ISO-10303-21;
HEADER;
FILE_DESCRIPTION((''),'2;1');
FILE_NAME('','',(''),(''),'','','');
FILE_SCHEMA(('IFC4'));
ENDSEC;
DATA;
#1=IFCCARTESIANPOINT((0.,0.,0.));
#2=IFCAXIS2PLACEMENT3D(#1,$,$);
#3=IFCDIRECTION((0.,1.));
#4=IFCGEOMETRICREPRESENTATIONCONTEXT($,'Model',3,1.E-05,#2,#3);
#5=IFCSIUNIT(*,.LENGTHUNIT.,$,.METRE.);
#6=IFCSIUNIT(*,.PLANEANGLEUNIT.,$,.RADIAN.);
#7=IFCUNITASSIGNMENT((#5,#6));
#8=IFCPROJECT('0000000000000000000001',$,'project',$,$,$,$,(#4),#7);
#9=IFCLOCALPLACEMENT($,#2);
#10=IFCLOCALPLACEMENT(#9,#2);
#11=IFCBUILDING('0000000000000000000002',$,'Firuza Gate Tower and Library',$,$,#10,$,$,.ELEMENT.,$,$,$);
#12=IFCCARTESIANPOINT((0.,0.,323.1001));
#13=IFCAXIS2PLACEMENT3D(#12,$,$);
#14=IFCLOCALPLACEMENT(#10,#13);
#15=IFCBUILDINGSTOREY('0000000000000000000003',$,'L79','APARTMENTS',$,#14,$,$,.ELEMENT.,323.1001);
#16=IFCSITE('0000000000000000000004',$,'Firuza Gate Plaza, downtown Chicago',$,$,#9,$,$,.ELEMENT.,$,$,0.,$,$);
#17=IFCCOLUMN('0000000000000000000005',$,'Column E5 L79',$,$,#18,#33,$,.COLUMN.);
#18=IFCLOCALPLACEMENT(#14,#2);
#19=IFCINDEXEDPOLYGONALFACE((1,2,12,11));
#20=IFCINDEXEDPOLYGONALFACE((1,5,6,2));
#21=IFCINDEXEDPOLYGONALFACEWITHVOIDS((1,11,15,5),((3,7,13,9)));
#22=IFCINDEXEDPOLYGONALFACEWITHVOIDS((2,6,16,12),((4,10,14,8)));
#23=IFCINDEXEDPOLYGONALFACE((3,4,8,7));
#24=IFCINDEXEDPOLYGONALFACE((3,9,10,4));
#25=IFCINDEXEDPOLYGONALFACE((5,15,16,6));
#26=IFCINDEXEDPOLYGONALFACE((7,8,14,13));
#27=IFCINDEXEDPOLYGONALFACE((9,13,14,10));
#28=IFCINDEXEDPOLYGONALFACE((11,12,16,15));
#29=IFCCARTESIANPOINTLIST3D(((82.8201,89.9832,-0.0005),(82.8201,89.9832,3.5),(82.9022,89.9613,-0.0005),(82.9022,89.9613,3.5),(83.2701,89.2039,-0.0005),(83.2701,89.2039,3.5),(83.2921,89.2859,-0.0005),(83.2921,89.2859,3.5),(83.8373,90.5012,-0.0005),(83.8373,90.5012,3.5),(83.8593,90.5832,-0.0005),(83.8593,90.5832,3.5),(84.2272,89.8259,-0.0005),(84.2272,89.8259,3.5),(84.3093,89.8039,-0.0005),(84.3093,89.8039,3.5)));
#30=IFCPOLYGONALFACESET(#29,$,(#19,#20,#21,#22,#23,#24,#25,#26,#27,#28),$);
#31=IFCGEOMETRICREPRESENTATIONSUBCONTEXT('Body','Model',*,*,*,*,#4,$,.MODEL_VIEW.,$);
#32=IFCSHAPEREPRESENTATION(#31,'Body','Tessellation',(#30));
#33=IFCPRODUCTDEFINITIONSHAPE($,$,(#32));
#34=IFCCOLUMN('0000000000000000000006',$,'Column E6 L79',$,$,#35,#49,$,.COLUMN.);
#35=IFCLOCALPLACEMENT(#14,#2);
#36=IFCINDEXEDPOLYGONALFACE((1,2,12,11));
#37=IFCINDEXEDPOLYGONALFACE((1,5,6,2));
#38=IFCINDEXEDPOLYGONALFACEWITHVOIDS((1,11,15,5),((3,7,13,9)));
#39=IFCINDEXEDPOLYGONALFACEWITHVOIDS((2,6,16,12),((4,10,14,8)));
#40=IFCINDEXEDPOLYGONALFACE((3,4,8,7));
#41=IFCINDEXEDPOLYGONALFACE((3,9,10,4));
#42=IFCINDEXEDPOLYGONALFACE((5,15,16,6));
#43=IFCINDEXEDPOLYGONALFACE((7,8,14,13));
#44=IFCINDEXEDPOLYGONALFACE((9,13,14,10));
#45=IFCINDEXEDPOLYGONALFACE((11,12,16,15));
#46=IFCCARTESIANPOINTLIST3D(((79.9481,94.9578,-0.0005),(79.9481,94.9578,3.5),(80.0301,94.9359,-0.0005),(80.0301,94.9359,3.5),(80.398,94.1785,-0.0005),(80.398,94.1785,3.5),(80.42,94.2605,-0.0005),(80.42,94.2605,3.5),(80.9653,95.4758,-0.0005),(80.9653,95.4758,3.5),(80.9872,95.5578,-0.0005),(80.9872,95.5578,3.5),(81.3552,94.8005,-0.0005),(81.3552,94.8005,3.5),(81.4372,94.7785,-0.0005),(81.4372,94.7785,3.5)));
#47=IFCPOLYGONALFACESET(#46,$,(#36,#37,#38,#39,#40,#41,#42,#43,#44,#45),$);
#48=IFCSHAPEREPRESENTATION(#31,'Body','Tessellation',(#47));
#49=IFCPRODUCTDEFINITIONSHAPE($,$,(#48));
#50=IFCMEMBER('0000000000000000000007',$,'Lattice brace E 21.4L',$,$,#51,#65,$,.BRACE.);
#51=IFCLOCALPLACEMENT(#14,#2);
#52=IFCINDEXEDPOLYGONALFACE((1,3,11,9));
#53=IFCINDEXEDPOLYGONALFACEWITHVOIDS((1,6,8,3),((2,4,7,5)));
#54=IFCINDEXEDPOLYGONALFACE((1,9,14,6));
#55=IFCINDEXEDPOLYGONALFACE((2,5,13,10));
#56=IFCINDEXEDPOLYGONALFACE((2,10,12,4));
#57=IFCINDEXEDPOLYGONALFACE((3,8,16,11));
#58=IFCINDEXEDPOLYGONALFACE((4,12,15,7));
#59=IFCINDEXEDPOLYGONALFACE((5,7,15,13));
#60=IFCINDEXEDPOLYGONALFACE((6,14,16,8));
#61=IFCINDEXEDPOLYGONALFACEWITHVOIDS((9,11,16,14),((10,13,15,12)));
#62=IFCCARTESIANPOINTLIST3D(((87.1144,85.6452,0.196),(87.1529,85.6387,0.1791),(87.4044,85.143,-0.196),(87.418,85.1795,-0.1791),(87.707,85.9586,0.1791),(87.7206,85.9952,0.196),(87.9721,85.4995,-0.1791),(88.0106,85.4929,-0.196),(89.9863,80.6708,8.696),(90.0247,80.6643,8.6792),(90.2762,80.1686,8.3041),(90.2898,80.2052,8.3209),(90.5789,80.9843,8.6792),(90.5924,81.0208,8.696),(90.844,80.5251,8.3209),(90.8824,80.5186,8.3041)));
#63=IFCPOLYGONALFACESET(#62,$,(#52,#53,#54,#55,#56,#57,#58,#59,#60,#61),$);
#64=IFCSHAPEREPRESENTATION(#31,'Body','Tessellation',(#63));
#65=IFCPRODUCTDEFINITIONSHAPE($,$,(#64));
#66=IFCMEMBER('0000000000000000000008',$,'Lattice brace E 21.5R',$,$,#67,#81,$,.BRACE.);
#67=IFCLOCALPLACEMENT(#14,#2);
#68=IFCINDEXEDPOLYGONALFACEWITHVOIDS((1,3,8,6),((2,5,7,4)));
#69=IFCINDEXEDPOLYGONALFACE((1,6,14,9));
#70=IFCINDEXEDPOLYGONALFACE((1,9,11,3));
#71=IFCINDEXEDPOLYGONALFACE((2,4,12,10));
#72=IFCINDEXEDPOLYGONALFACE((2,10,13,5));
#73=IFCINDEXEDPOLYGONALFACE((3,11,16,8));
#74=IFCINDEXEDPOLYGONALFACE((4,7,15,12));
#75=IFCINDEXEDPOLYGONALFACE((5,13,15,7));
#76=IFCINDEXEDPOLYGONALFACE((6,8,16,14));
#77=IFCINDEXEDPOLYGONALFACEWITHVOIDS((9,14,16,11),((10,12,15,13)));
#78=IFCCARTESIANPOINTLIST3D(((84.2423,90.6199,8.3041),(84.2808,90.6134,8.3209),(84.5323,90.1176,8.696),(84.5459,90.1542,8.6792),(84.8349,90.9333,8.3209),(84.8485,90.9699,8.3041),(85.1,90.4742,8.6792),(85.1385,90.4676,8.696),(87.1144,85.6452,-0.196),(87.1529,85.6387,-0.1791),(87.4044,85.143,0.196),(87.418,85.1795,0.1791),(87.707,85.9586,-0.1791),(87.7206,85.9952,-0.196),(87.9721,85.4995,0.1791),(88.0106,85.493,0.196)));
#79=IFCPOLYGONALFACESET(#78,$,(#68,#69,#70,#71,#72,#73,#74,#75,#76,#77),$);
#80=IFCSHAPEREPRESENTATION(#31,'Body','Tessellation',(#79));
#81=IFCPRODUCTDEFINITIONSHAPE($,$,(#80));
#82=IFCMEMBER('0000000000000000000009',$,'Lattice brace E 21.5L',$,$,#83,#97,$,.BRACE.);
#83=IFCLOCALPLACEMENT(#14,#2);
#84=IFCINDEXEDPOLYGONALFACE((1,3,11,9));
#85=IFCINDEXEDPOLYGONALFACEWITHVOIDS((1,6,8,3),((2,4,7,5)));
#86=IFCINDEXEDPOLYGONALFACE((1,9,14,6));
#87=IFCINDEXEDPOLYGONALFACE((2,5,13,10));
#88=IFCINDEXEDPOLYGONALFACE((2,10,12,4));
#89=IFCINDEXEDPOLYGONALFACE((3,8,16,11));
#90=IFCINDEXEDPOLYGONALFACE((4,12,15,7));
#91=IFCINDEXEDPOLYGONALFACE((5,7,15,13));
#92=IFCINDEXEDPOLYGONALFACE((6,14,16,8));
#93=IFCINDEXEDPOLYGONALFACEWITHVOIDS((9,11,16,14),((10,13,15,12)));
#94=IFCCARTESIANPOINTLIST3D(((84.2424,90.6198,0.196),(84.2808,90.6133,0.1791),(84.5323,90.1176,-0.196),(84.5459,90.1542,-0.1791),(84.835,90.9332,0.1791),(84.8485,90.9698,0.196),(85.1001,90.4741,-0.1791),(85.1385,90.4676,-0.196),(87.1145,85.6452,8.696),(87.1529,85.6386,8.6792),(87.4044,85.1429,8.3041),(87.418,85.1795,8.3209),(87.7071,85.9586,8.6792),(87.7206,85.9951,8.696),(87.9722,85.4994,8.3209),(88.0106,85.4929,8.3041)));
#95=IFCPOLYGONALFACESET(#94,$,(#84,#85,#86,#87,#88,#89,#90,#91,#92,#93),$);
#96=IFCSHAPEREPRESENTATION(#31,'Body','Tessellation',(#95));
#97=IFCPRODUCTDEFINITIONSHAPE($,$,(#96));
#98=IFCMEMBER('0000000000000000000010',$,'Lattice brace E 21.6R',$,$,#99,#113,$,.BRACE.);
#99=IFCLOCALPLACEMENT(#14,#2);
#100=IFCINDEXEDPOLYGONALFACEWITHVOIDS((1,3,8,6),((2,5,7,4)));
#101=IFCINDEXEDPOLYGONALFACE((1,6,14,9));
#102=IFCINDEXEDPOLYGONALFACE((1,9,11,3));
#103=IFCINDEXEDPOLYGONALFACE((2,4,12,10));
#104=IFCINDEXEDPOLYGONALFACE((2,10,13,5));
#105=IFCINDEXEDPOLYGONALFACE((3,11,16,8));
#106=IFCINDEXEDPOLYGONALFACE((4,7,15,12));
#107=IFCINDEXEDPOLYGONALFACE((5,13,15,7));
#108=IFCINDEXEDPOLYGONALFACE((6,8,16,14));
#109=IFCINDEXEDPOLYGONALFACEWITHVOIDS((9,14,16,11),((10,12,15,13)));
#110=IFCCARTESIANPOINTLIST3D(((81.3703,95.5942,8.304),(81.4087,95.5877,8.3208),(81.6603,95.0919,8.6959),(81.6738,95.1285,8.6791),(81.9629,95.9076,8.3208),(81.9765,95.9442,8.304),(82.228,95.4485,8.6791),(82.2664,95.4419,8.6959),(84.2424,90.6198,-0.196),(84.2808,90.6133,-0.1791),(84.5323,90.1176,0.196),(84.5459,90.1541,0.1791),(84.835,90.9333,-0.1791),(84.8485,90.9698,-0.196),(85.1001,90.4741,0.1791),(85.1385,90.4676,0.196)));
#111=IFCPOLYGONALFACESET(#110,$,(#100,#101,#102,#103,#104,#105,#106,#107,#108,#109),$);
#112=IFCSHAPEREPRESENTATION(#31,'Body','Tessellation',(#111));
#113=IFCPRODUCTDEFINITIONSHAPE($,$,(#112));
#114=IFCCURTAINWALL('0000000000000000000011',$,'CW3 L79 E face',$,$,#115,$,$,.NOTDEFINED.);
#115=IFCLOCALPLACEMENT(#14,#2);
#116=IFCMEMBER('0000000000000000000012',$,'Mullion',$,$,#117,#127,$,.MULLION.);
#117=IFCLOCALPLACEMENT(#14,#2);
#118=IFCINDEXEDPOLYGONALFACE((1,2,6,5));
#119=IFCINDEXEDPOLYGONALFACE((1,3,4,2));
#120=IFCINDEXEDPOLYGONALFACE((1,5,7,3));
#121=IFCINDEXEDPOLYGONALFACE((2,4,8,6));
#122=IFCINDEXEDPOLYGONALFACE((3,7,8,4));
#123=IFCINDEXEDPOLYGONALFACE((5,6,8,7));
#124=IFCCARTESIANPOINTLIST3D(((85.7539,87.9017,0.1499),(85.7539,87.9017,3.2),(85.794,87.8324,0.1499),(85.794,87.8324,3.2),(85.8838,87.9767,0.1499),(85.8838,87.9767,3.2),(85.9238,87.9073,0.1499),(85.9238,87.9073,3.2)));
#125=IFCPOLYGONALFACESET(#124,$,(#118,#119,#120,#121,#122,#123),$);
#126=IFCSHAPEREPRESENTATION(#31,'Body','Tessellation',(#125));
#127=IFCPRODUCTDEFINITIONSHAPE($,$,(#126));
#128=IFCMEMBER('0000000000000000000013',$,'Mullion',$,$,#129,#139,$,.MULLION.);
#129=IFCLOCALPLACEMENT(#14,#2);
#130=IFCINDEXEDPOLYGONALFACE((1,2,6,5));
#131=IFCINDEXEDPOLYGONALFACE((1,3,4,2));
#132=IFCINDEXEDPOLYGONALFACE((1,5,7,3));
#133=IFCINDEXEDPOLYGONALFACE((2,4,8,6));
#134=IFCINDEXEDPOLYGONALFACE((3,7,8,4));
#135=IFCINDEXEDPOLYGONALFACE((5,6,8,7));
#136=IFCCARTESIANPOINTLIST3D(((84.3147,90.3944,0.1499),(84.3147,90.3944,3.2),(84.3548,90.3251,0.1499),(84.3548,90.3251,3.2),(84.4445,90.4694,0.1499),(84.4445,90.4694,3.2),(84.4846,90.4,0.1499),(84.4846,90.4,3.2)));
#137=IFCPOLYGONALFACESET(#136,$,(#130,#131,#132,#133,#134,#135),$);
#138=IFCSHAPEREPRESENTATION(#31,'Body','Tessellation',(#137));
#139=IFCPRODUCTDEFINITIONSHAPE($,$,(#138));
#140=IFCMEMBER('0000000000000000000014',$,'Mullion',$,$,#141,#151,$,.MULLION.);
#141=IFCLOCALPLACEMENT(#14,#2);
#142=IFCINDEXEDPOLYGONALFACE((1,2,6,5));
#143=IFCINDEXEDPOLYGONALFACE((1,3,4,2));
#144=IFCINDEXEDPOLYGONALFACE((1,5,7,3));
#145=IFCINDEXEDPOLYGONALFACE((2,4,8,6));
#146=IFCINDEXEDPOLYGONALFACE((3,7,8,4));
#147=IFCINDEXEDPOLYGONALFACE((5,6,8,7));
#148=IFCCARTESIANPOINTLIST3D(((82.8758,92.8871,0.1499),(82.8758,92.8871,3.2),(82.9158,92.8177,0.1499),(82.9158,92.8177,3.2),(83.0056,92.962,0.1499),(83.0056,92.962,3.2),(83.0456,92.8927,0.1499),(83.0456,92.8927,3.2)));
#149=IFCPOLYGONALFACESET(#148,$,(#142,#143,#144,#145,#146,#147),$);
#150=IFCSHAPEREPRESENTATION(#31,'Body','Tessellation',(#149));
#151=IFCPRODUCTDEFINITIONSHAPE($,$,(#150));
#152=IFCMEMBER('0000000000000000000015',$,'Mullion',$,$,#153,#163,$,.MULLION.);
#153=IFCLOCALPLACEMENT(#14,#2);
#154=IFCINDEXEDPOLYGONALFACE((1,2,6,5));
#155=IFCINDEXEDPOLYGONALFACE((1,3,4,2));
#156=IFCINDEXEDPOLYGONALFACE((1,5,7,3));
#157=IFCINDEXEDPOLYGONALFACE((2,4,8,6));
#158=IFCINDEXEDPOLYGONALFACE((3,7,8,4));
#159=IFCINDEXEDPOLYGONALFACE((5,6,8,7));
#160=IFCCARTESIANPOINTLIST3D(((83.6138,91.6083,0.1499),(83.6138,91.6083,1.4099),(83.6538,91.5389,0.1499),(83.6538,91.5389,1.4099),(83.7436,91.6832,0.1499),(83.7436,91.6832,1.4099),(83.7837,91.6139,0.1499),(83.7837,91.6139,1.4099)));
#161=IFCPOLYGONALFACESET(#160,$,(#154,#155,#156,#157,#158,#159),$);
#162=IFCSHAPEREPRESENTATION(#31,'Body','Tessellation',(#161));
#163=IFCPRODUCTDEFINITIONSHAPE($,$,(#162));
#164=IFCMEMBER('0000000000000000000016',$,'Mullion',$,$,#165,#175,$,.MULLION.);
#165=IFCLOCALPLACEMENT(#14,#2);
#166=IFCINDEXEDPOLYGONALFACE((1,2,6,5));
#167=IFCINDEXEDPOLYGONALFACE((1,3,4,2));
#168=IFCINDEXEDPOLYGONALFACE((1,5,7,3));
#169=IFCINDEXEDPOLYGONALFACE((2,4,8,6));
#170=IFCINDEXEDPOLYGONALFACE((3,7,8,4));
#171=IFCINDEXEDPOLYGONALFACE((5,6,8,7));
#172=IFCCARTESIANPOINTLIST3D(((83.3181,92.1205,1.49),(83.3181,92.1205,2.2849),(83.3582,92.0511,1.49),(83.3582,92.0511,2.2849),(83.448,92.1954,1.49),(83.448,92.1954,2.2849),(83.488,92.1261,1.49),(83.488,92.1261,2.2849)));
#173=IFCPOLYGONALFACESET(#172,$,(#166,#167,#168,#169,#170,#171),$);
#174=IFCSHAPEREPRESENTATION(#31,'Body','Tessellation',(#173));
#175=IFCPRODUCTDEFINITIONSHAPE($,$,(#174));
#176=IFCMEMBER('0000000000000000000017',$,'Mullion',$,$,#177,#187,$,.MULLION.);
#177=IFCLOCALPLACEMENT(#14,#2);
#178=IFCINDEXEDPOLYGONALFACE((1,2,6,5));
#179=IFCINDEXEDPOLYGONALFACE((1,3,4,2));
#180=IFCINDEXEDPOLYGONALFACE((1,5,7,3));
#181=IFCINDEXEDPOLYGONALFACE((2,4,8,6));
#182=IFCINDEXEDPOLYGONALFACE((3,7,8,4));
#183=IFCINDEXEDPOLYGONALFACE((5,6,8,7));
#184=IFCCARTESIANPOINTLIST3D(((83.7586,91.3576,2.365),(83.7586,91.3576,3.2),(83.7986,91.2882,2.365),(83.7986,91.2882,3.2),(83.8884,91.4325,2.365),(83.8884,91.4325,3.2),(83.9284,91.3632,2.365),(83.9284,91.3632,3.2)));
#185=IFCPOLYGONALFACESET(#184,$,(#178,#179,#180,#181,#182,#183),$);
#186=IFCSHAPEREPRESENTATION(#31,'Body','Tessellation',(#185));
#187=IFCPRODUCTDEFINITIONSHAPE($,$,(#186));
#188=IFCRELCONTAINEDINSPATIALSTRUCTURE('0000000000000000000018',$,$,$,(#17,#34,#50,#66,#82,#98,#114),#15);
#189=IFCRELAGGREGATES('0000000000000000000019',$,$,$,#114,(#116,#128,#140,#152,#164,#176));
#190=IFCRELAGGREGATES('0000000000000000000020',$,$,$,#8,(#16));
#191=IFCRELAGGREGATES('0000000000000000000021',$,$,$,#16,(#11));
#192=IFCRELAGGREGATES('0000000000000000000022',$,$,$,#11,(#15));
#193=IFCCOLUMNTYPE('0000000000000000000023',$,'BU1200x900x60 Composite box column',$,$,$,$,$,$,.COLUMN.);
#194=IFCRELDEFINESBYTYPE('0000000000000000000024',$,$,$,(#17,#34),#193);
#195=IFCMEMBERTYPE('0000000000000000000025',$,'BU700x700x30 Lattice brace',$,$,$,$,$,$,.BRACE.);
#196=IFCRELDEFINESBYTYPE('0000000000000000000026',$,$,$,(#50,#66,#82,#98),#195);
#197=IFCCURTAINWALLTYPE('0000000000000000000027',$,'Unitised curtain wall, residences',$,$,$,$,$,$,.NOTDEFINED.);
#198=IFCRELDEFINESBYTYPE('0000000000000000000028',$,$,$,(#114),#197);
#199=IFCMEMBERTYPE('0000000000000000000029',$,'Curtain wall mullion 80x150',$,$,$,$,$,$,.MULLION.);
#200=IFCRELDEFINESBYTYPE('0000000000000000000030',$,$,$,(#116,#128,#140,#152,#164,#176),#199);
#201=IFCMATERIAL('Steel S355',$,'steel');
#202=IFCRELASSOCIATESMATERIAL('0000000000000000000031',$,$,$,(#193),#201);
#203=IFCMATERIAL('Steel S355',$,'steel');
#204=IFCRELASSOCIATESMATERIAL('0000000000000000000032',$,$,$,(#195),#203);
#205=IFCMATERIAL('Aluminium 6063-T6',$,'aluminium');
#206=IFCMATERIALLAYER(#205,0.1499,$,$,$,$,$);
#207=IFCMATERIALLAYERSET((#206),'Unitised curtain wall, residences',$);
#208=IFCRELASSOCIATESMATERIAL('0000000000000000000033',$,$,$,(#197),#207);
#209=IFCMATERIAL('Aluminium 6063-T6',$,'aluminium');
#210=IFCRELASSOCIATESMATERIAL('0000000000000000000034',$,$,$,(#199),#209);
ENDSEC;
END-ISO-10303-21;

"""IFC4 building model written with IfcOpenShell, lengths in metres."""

from ifc_helpers import new_model, si_unit, direction, frame, origin, origin_2d, place, context, subcontext, project, spatial, rectangle, hollow_rectangle, extrude, material, layer, layer_set, material_profile, profile_set, type_object, element, aggregate, save


model = new_model("IFC4")

# Units and contexts
model_context = context("Model", 3, precision=1e-05, world=origin(), true_north=direction((0.0, 1.0)))
body_context = subcontext(model_context, "Body", "Model", "MODEL_VIEW")
ifc_project = project(units=[si_unit("LENGTHUNIT", "METRE"), si_unit("PLANEANGLEUNIT", "RADIAN")], contexts=[model_context])

# Site, building, storey
site_placement = place(None, origin())
site = spatial("IfcSite", under=ifc_project, at=site_placement, Name="Firuza Gate Plaza, downtown Chicago", CompositionType="ELEMENT", RefElevation=0.0)
building_placement = place(site_placement, origin())
building = spatial("IfcBuilding", under=site, at=building_placement, Name="Firuza Gate Tower and Library", CompositionType="ELEMENT")
storey_placement = place(building_placement, frame((0.0, 0.0, 323.1001)))
storey = spatial("IfcBuildingStorey", under=building, at=storey_placement, Name="L79", Description="APARTMENTS", CompositionType="ELEMENT", Elevation=323.1001)

# Columns
ifc_material_1 = material(Name="Steel S355", Category="steel")
ifc_material_profile_1 = material_profile(ifc_material_1, hollow_rectangle(XDim=0.8999, YDim=1.2, WallThickness=0.0601, at=origin_2d()))
ifc_profile_set_1 = profile_set([ifc_material_profile_1], Name="Steel S355")
column_type = type_object("IfcColumnType", Name="BU1200x900x60 Composite box column", PredefinedType="COLUMN", material=ifc_profile_set_1)
for number, where, z_axis, x_axis, name in (
    (1, (83.5647, 89.8936, -0.0005), (0.0, 0.0, 1.0), (-0.5, 0.866025, 0.0), "Column E5 L79"),
    (2, (80.6926, 94.8682, -0.0005), (0.0, 0.0, 1.0), (-0.5, 0.866025, 0.0), "Column E6 L79"),
):
    element("IfcColumn", number, at=place(storey_placement, frame(where, z_axis=z_axis, x_axis=x_axis)), inside=storey, type_object=column_type, Name=name, PredefinedType="COLUMN", context=body_context, shape_type="SweptSolid", body=[
        extrude(hollow_rectangle(XDim=0.8999, YDim=1.2, WallThickness=0.0601, at=origin_2d()), origin(), (0.0, 0.0, 1.0), 3.5005),
    ])

# Members
ifc_material_2 = material(Name="Steel S355", Category="steel")
ifc_material_profile_2 = material_profile(ifc_material_2, hollow_rectangle(XDim=0.7, YDim=0.7, WallThickness=0.03, at=origin_2d()))
ifc_profile_set_2 = profile_set([ifc_material_profile_2], Name="Steel S355")
member_type_1 = type_object("IfcMemberType", Name="BU700x700x30 Lattice brace", PredefinedType="BRACE", material=ifc_profile_set_2)
member_1_placement = place(storey_placement, frame((87.5625, 85.5691, 0.0), z_axis=(0.27994, -0.484891, 0.828562), x_axis=(0.866035, 0.499984, 0.0)))
element("IfcMember", 3, at=member_1_placement, inside=storey, type_object=member_type_1, Name="Lattice brace E 21.4L", PredefinedType="BRACE", context=body_context, shape_type="SweptSolid", body=[
    extrude(hollow_rectangle(XDim=0.7, YDim=0.7, WallThickness=0.03, at=origin_2d()), origin(), (0.0, 0.0, 1.0), 10.2588),
])
for number, where, z_axis, x_axis, name in (
    (4, (87.5625, 85.5691, 0.0), (-0.279958, 0.484906, 0.828547), (-0.866027, -0.499997, 0.0), "Lattice brace E 21.5R"),
    (5, (84.6904, 90.5437, 0.0), (0.279958, -0.484906, 0.828547), (0.866027, 0.499997, 0.0), "Lattice brace E 21.5L"),
):
    element("IfcMember", number, at=place(storey_placement, frame(where, z_axis=z_axis, x_axis=x_axis)), inside=storey, type_object=member_type_1, Name=name, PredefinedType="BRACE", context=body_context, shape_type="SweptSolid", body=[
        extrude(hollow_rectangle(XDim=0.7, YDim=0.7, WallThickness=0.03, at=origin_2d()), origin(), (0.0, 0.0, 1.0), 10.259),
    ])
member_2_placement = place(storey_placement, frame((84.6904, 90.5437, 0.0), z_axis=(-0.279961, 0.484887, 0.828556), x_axis=(-0.866016, -0.500016, 0.0)))
element("IfcMember", 6, at=member_2_placement, inside=storey, type_object=member_type_1, Name="Lattice brace E 21.6R", PredefinedType="BRACE", context=body_context, shape_type="SweptSolid", body=[
    extrude(hollow_rectangle(XDim=0.7, YDim=0.7, WallThickness=0.03, at=origin_2d()), origin(), (0.0, 0.0, 1.0), 10.2588),
])

# Curtain wall, members
ifc_material_3 = material(Name="Aluminium 6063-T6", Category="aluminium")
ifc_layer_1 = layer(ifc_material_3, 0.1499)
ifc_layer_set_1 = layer_set([ifc_layer_1], Name="Unitised curtain wall, residences")
curtain_wall_type = type_object("IfcCurtainWallType", Name="Unitised curtain wall, residences", PredefinedType="NOTDEFINED", material=ifc_layer_set_1)
curtain_wall_placement = place(storey_placement, origin())
curtain_wall = element("IfcCurtainWall", 7, at=curtain_wall_placement, inside=storey, type_object=curtain_wall_type, Name="CW3 L79 E face", PredefinedType="NOTDEFINED")
ifc_material_4 = material(Name="Aluminium 6063-T6", Category="aluminium")
ifc_material_profile_3 = material_profile(ifc_material_4, rectangle(XDim=0.1499, YDim=0.0801, at=origin_2d()))
ifc_profile_set_3 = profile_set([ifc_material_profile_3], Name="Aluminium 6063-T6")
member_type_2 = type_object("IfcMemberType", Name="Curtain wall mullion 80x150", PredefinedType="MULLION", material=ifc_profile_set_3)
member_3_placement = place(storey_placement, frame((85.8389, 87.9045, 0.1499), z_axis=(0.0, 0.0, 1.0), x_axis=(-0.866025, -0.5, 0.0)))
member_3 = element("IfcMember", 8, at=member_3_placement, type_object=member_type_2, Name="Mullion", PredefinedType="MULLION", context=body_context, shape_type="SweptSolid", body=[
    extrude(rectangle(XDim=0.1499, YDim=0.0801, at=origin_2d()), origin(), (0.0, 0.0, 1.0), 3.05),
])
member_4_placement = place(storey_placement, frame((84.3997, 90.3972, 0.1499), z_axis=(0.0, 0.0, 1.0), x_axis=(-0.866025, -0.5, 0.0)))
member_4 = element("IfcMember", 9, at=member_4_placement, type_object=member_type_2, Name="Mullion", PredefinedType="MULLION", context=body_context, shape_type="SweptSolid", body=[
    extrude(rectangle(XDim=0.1499, YDim=0.0801, at=origin_2d()), origin(), (0.0, 0.0, 1.0), 3.05),
])
member_5_placement = place(storey_placement, frame((82.9607, 92.8899, 0.1499), z_axis=(0.0, 0.0, 1.0), x_axis=(-0.866025, -0.5, 0.0)))
member_5 = element("IfcMember", 10, at=member_5_placement, type_object=member_type_2, Name="Mullion", PredefinedType="MULLION", context=body_context, shape_type="SweptSolid", body=[
    extrude(rectangle(XDim=0.1499, YDim=0.0801, at=origin_2d()), origin(), (0.0, 0.0, 1.0), 3.05),
])
member_6_placement = place(storey_placement, frame((83.6987, 91.6111, 0.1499), z_axis=(0.0, 0.0, 1.0), x_axis=(-0.866025, -0.5, 0.0)))
member_6 = element("IfcMember", 11, at=member_6_placement, type_object=member_type_2, Name="Mullion", PredefinedType="MULLION", context=body_context, shape_type="SweptSolid", body=[
    extrude(rectangle(XDim=0.1499, YDim=0.0801, at=origin_2d()), origin(), (0.0, 0.0, 1.0), 1.26),
])
member_7_placement = place(storey_placement, frame((83.4031, 92.1233, 1.49), z_axis=(0.0, 0.0, 1.0), x_axis=(-0.866025, -0.5, 0.0)))
member_7 = element("IfcMember", 12, at=member_7_placement, type_object=member_type_2, Name="Mullion", PredefinedType="MULLION", context=body_context, shape_type="SweptSolid", body=[
    extrude(rectangle(XDim=0.1499, YDim=0.0801, at=origin_2d()), origin(), (0.0, 0.0, 1.0), 0.7949),
])
member_8_placement = place(storey_placement, frame((83.8435, 91.3604, 2.365), z_axis=(0.0, 0.0, 1.0), x_axis=(-0.866025, -0.5, 0.0)))
member_8 = element("IfcMember", 13, at=member_8_placement, type_object=member_type_2, Name="Mullion", PredefinedType="MULLION", context=body_context, shape_type="SweptSolid", body=[
    extrude(rectangle(XDim=0.1499, YDim=0.0801, at=origin_2d()), origin(), (0.0, 0.0, 1.0), 0.835),
])

aggregate(curtain_wall, [member_3, member_4, member_5, member_6, member_7, member_8])

save(model, "model.ifc")
